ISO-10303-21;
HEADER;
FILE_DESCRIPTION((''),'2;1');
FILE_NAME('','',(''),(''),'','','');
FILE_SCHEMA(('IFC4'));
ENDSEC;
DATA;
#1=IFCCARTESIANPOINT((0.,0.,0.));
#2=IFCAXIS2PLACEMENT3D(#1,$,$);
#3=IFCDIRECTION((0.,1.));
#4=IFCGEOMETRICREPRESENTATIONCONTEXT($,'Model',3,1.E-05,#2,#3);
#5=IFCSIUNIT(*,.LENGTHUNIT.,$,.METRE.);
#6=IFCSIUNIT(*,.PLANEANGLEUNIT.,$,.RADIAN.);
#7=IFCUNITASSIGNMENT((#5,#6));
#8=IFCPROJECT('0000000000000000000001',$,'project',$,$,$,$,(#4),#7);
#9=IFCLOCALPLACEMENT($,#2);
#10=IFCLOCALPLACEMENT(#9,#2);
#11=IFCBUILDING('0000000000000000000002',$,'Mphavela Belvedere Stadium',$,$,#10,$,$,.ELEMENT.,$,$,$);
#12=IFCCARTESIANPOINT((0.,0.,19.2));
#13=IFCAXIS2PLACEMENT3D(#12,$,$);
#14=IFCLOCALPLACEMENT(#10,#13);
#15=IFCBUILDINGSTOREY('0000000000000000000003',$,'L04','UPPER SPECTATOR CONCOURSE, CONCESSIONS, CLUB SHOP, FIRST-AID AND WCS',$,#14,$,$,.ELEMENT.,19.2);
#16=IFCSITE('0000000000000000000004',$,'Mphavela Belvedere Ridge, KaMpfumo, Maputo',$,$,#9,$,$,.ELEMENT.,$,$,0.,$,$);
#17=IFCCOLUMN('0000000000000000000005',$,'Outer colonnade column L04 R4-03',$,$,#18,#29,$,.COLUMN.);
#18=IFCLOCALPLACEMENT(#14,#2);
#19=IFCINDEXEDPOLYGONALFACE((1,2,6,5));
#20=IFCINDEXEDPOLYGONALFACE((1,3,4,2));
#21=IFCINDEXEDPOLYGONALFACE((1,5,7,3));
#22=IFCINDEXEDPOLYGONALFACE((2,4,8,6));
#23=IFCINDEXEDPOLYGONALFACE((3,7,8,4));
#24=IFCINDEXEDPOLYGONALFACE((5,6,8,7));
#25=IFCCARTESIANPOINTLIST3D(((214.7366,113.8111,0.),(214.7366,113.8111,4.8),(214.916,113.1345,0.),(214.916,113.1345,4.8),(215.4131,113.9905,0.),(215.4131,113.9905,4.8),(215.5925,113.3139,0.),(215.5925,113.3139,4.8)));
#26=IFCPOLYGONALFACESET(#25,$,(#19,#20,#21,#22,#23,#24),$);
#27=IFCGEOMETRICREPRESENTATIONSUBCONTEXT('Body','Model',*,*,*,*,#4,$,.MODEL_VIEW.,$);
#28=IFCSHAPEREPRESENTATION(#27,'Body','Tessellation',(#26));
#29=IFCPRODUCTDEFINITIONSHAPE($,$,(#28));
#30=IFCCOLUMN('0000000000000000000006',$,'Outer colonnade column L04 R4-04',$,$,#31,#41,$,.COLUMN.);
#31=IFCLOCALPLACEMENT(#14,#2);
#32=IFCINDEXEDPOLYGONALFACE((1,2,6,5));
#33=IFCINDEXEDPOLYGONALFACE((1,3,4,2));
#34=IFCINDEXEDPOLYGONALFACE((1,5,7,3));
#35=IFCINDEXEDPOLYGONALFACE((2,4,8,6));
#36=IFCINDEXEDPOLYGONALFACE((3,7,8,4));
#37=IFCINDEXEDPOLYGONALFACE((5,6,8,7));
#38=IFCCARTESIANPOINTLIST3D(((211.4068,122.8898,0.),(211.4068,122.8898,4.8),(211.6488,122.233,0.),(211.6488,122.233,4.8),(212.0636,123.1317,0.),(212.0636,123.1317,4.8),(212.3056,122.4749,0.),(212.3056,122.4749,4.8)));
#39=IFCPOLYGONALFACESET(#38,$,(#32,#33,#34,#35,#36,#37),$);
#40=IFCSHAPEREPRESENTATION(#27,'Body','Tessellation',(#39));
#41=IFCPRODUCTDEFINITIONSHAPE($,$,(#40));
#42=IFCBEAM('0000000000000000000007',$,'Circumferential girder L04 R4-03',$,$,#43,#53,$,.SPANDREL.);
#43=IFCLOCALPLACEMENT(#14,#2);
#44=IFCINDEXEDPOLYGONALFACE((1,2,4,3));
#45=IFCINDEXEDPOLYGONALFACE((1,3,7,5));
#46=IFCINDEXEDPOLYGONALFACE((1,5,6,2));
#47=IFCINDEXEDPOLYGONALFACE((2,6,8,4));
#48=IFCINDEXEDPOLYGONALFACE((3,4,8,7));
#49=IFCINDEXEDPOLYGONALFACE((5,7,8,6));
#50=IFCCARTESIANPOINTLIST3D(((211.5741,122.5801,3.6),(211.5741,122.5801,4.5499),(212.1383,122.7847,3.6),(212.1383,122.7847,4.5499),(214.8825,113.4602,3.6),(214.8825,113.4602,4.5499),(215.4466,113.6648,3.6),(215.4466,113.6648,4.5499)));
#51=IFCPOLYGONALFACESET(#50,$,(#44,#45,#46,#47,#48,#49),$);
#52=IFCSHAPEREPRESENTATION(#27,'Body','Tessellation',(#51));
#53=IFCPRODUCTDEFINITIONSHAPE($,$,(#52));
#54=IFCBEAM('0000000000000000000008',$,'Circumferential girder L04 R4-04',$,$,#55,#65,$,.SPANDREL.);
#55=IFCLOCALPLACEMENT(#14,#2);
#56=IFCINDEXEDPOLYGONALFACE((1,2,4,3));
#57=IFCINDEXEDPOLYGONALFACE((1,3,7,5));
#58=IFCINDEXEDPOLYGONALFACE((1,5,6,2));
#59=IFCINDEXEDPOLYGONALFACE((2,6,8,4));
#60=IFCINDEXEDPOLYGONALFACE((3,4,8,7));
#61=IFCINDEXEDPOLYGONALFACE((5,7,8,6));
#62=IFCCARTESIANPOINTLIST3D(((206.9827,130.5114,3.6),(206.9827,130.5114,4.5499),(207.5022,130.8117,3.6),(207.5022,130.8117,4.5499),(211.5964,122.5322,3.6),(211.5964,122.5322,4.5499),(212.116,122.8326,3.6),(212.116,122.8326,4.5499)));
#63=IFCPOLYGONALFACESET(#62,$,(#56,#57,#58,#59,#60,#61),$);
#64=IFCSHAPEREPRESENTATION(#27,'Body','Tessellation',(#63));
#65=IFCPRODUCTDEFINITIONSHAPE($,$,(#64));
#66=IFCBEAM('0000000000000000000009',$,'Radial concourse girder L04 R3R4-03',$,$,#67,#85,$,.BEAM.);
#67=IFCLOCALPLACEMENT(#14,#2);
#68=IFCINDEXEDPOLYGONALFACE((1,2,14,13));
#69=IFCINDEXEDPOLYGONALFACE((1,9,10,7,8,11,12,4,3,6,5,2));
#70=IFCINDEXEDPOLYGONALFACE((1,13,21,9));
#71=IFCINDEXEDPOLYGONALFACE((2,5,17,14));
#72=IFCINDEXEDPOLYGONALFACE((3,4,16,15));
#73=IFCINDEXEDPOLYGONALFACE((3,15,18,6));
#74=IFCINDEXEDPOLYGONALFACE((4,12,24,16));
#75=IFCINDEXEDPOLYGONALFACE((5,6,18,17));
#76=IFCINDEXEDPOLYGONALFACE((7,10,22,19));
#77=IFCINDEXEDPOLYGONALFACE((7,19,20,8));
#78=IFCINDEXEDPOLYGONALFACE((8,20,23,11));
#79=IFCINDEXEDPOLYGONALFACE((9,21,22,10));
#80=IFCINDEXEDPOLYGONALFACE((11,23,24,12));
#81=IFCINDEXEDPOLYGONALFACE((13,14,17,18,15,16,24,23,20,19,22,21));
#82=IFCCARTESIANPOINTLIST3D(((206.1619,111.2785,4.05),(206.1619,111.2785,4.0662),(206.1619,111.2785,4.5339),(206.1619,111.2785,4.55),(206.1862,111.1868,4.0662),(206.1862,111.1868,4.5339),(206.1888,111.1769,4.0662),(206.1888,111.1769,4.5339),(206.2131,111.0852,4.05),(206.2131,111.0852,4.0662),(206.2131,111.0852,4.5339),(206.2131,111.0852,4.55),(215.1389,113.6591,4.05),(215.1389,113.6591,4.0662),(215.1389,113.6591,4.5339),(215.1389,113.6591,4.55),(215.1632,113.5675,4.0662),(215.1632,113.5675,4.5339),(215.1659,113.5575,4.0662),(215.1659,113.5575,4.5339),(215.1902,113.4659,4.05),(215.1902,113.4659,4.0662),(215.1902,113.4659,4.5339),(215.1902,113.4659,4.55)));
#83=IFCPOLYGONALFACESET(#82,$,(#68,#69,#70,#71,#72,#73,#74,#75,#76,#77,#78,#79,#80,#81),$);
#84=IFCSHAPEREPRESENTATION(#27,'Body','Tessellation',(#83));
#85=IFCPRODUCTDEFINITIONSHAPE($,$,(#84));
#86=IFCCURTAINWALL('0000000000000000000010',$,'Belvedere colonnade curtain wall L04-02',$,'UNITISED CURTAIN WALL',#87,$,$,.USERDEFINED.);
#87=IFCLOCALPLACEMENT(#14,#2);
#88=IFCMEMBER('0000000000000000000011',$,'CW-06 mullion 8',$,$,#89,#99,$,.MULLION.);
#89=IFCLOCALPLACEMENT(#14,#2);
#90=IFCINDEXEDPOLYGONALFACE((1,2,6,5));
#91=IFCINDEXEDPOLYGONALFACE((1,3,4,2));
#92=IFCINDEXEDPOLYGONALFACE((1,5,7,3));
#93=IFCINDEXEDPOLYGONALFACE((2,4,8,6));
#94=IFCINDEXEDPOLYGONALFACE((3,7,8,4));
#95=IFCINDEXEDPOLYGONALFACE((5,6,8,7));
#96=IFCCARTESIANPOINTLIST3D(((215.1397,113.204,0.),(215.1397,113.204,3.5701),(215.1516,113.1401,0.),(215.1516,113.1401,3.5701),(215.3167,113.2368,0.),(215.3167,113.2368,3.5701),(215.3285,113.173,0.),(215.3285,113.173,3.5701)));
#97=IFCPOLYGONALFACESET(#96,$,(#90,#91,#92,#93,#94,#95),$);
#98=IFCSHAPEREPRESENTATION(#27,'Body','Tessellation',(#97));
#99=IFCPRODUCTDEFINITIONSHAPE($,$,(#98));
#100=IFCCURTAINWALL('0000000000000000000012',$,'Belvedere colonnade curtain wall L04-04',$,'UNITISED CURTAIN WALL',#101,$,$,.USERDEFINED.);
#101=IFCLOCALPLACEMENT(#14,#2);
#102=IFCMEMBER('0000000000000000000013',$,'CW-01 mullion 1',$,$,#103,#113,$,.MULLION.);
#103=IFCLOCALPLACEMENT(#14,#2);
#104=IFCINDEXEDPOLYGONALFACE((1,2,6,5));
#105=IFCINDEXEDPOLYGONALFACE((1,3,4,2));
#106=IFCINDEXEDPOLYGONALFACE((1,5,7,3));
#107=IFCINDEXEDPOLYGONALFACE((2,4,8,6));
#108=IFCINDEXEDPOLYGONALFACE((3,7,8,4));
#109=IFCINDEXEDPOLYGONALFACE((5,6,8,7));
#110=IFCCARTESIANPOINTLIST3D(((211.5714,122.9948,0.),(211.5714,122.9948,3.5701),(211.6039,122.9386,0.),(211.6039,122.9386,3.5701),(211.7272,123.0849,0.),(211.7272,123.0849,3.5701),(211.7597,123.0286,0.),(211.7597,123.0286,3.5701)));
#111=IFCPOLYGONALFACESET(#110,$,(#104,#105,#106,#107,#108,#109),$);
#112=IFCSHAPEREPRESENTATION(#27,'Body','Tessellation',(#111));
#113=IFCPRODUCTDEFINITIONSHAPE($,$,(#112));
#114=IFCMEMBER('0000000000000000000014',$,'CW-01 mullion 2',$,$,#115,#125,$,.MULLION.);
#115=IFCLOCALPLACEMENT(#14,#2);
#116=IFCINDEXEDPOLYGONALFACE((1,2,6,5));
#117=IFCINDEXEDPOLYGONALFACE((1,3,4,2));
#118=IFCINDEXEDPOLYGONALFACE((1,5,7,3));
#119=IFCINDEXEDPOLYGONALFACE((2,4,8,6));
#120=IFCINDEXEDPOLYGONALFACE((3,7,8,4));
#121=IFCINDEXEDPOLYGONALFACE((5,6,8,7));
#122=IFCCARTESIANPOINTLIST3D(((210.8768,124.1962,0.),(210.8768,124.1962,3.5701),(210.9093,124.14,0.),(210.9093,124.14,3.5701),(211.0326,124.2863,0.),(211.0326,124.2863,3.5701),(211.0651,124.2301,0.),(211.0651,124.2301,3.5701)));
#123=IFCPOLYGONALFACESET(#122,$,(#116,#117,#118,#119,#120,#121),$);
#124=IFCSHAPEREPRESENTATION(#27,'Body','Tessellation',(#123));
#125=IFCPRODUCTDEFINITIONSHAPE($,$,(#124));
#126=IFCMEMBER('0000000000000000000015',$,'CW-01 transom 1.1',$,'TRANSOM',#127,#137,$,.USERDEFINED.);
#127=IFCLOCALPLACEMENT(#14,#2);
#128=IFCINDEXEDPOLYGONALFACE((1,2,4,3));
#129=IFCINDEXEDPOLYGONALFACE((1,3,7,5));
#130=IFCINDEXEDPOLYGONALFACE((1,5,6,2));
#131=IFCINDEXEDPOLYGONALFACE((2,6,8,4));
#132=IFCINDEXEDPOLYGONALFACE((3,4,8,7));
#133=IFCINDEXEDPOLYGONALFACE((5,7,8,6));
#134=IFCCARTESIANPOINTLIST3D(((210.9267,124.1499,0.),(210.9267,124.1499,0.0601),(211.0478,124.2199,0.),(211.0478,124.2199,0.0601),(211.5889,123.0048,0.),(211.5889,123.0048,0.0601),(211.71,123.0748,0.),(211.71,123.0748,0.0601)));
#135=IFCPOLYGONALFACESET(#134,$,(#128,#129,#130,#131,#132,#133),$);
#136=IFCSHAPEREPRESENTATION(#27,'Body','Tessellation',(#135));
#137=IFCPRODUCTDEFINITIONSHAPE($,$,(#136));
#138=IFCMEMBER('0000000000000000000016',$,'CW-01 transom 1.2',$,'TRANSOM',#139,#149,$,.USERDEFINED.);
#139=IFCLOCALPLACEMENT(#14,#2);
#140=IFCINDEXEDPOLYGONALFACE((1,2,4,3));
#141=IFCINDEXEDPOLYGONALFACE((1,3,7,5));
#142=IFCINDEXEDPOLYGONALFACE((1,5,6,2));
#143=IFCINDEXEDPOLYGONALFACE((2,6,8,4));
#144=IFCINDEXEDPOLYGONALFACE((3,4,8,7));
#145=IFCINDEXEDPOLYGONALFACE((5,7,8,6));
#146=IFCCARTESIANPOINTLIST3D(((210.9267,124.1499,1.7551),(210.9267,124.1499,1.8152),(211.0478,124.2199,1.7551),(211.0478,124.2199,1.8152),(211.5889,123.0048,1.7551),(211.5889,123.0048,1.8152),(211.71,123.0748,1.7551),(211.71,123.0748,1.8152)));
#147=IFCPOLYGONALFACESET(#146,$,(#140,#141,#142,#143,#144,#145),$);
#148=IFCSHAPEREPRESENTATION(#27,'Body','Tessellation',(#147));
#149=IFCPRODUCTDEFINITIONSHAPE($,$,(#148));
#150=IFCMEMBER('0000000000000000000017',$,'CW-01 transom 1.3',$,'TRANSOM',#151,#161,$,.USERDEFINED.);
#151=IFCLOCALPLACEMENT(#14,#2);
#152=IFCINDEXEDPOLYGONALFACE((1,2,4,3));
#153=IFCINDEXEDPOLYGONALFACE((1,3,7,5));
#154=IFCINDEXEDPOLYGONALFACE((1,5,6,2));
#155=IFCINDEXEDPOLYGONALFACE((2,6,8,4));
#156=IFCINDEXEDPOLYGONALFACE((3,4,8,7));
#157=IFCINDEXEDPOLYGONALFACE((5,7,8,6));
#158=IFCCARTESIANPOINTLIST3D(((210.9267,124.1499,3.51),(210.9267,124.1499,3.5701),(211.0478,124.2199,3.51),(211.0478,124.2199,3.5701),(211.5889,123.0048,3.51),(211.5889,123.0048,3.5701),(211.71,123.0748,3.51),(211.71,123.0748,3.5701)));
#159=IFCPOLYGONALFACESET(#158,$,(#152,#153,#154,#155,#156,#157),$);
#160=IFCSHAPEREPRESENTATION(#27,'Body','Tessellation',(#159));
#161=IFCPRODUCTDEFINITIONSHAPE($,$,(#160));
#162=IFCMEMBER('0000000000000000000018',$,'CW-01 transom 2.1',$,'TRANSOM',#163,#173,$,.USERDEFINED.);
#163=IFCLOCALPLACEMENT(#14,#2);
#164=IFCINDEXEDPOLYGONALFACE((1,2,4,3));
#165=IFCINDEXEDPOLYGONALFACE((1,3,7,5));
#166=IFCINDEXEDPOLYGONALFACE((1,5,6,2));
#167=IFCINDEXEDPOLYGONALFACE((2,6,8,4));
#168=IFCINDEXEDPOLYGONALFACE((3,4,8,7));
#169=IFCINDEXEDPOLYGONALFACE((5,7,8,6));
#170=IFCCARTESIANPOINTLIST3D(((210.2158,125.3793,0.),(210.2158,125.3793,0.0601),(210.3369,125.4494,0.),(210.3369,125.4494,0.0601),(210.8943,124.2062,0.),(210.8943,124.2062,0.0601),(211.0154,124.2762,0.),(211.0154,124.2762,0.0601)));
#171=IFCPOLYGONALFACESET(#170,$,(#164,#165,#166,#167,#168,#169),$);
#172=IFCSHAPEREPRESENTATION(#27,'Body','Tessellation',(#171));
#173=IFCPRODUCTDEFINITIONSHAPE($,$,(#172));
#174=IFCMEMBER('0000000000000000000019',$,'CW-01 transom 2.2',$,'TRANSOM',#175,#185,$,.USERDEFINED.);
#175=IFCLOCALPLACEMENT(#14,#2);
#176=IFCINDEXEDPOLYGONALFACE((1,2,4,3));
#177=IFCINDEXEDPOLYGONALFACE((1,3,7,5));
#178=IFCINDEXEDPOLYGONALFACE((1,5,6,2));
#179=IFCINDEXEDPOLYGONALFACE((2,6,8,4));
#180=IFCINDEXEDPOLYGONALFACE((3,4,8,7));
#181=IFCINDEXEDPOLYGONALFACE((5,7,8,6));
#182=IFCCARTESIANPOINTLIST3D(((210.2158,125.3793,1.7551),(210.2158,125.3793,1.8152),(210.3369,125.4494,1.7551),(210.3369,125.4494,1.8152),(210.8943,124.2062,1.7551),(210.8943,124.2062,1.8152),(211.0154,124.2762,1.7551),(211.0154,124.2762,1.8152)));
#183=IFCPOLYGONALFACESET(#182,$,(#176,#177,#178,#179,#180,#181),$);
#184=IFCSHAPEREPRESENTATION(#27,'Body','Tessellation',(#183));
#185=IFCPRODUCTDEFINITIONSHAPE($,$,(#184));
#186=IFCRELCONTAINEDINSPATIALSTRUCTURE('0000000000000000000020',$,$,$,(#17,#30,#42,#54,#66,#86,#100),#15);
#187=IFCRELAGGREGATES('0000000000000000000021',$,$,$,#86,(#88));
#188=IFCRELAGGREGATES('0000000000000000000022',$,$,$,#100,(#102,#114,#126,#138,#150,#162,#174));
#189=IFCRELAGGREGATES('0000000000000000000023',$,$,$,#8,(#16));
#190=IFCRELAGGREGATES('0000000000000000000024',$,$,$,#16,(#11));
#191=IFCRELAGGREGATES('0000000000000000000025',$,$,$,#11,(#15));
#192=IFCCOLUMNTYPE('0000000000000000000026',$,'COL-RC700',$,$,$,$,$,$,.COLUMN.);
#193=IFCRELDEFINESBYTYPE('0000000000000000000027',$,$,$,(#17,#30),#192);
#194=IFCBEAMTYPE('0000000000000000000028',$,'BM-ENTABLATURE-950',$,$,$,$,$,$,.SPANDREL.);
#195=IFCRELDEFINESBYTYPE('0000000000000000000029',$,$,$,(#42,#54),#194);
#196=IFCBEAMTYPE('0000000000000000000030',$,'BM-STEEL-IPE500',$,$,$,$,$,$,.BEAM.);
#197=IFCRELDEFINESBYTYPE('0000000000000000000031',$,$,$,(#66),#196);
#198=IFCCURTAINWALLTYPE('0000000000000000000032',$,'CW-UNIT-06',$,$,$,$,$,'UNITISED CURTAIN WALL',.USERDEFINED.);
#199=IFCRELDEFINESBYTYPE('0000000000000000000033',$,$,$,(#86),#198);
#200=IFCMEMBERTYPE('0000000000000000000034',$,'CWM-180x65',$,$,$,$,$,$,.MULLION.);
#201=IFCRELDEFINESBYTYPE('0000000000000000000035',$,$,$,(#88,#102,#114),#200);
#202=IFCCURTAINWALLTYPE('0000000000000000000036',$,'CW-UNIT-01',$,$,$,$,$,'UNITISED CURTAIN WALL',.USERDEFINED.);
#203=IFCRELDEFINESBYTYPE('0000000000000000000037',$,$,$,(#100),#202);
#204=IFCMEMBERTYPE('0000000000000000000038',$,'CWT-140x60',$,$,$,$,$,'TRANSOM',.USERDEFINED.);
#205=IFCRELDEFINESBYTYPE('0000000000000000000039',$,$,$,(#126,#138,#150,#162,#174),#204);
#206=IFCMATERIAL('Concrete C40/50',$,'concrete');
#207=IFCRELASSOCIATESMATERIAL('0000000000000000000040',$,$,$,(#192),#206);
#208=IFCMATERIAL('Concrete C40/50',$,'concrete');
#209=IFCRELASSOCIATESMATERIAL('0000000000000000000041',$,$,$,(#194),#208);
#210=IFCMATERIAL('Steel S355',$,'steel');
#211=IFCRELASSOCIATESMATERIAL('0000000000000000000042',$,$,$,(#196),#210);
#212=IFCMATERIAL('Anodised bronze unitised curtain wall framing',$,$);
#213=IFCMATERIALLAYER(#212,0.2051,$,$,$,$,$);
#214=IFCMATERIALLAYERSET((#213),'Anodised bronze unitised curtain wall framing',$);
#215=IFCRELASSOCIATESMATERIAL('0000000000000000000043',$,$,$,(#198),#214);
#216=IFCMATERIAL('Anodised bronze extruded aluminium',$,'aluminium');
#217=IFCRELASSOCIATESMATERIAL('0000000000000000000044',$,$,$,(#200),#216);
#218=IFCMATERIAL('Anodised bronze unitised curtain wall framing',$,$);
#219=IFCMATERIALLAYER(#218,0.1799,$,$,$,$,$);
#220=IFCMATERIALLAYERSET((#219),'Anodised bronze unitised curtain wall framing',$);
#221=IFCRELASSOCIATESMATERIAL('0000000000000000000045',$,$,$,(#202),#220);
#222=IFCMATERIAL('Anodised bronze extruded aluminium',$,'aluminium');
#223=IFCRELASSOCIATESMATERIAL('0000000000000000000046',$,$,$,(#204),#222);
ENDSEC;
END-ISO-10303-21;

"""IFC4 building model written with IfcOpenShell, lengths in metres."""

from ifc_helpers import new_model, si_unit, direction, frame, origin, origin_2d, place, context, subcontext, project, spatial, rectangle, i_section, extrude, material, layer, layer_set, material_profile, profile_set, type_object, element, aggregate, save


model = new_model("IFC4")

# Units and contexts
model_context = context("Model", 3, precision=1e-05, world=origin(), true_north=direction((0.0, 1.0)))
body_context = subcontext(model_context, "Body", "Model", "MODEL_VIEW")
ifc_project = project(units=[si_unit("LENGTHUNIT", "METRE"), si_unit("PLANEANGLEUNIT", "RADIAN")], contexts=[model_context])

# Site, building, storey
site_placement = place(None, origin())
site = spatial("IfcSite", under=ifc_project, at=site_placement, Name="Mphavela Belvedere Ridge, KaMpfumo, Maputo", CompositionType="ELEMENT", RefElevation=0.0)
building_placement = place(site_placement, origin())
building = spatial("IfcBuilding", under=site, at=building_placement, Name="Mphavela Belvedere Stadium", CompositionType="ELEMENT")
storey_placement = place(building_placement, frame((0.0, 0.0, 19.2)))
storey = spatial("IfcBuildingStorey", under=building, at=storey_placement, Name="L04", Description="UPPER SPECTATOR CONCOURSE, CONCESSIONS, CLUB SHOP, FIRST-AID AND WCS", CompositionType="ELEMENT", Elevation=19.2)

# Columns
ifc_material_1 = material(Name="Concrete C40/50", Category="concrete")
ifc_material_profile_1 = material_profile(ifc_material_1, rectangle(XDim=0.7, YDim=0.7, at=origin_2d()), Name="RC 700x700")
ifc_profile_set_1 = profile_set([ifc_material_profile_1], Name="Concrete C40/50")
column_type = type_object("IfcColumnType", Name="COL-RC700", PredefinedType="COLUMN", material=ifc_profile_set_1)
for number, where, z_axis, x_axis, name in (
    (1, (215.1646, 113.5625, 0.0), (0.0, 0.0, 1.0), (0.9666, 0.256289, 0.0), "Outer colonnade column L04 R4-03"),
    (2, (211.8562, 122.6824, 0.0), (0.0, 0.0, 1.0), (0.938372, 0.345626, 0.0), "Outer colonnade column L04 R4-04"),
):
    element("IfcColumn", number, at=place(storey_placement, frame(where, z_axis=z_axis, x_axis=x_axis)), inside=storey, type_object=column_type, Name=name, PredefinedType="COLUMN", context=body_context, shape_type="SweptSolid", body=[
        extrude(rectangle(XDim=0.7, YDim=0.7, at=origin_2d()), origin(), (0.0, 0.0, 1.0), 4.8),
    ])

# Beams
ifc_material_2 = material(Name="Concrete C40/50", Category="concrete")
ifc_material_profile_2 = material_profile(ifc_material_2, rectangle(XDim=0.6001, YDim=0.95, at=origin_2d()), Name="RC 600x950")
ifc_profile_set_2 = profile_set([ifc_material_profile_2], Name="Concrete C40/50")
beam_type_1 = type_object("IfcBeamType", Name="BM-ENTABLATURE-950", PredefinedType="SPANDREL", material=ifc_profile_set_2)
beam_1_placement = place(storey_placement, frame((215.1646, 113.5625, 4.075), z_axis=(-0.341018, 0.940057, 0.0), x_axis=(-0.940057, -0.341018, 0.0)))
element("IfcBeam", 3, at=beam_1_placement, inside=storey, type_object=beam_type_1, Name="Circumferential girder L04 R4-03", PredefinedType="SPANDREL", context=body_context, shape_type="SweptSolid", body=[
    extrude(rectangle(XDim=0.6001, YDim=0.95, at=origin_2d()), origin(), (0.0, 0.0, 1.0), 9.7014),
])
beam_2_placement = place(storey_placement, frame((211.8562, 122.6824, 4.075), z_axis=(-0.500565, 0.865699, 0.0), x_axis=(-0.865699, -0.500565, 0.0)))
element("IfcBeam", 4, at=beam_2_placement, inside=storey, type_object=beam_type_1, Name="Circumferential girder L04 R4-04", PredefinedType="SPANDREL", context=body_context, shape_type="SweptSolid", body=[
    extrude(rectangle(XDim=0.6001, YDim=0.95, at=origin_2d()), origin(), (0.0, 0.0, 1.0), 9.217),
])
ifc_material_3 = material(Name="Steel S355", Category="steel")
ifc_material_profile_3 = material_profile(ifc_material_3, i_section(OverallWidth=0.2, OverallDepth=0.5, WebThickness=0.0103, FlangeThickness=0.0161, at=origin_2d()), Name="IPE 500")
ifc_profile_set_3 = profile_set([ifc_material_profile_3], Name="Steel S355")
beam_type_2 = type_object("IfcBeamType", Name="BM-STEEL-IPE500", PredefinedType="BEAM", material=ifc_profile_set_3)
beam_3_placement = place(storey_placement, frame((206.1875, 111.1819, 4.3), z_axis=(0.96659, 0.256329, 0.0), x_axis=(-0.256329, 0.96659, 0.0)))
element("IfcBeam", 5, at=beam_3_placement, inside=storey, type_object=beam_type_2, Name="Radial concourse girder L04 R3R4-03", PredefinedType="BEAM", context=body_context, shape_type="SweptSolid", body=[
    extrude(i_section(OverallWidth=0.2, OverallDepth=0.5, WebThickness=0.0103, FlangeThickness=0.0161, at=origin_2d()), origin(), (0.0, 0.0, 1.0), 9.2874),
])

# Curtain wall, member
ifc_material_4 = material(Name="Anodised bronze unitised curtain wall framing")
ifc_layer_1 = layer(ifc_material_4, 0.2051)
ifc_layer_set_1 = layer_set([ifc_layer_1], Name="Anodised bronze unitised curtain wall framing")
curtain_wall_type_1 = type_object("IfcCurtainWallType", Name="CW-UNIT-06", ElementType="UNITISED CURTAIN WALL", PredefinedType="USERDEFINED", material=ifc_layer_set_1)
curtain_wall_1_placement = place(storey_placement, origin())
curtain_wall_1 = element("IfcCurtainWall", 6, at=curtain_wall_1_placement, inside=storey, type_object=curtain_wall_type_1, Name="Belvedere colonnade curtain wall L04-02", ObjectType="UNITISED CURTAIN WALL", PredefinedType="USERDEFINED")
ifc_material_5 = material(Name="Anodised bronze extruded aluminium", Category="aluminium")
ifc_material_profile_4 = material_profile(ifc_material_5, rectangle(XDim=0.1799, YDim=0.0649, at=origin_2d()), Name="CW-MUL 180x65")
ifc_profile_set_4 = profile_set([ifc_material_profile_4], Name="Anodised bronze extruded aluminium")
member_type_1 = type_object("IfcMemberType", Name="CWM-180x65", PredefinedType="MULLION", material=ifc_profile_set_4)
member_1_placement = place(storey_placement, frame((215.2341, 113.1885, 0.0), z_axis=(0.0, 0.0, 1.0), x_axis=(-0.983184, -0.182618, 0.0)))
member_1 = element("IfcMember", 7, at=member_1_placement, type_object=member_type_1, Name="CW-06 mullion 8", PredefinedType="MULLION", context=body_context, shape_type="SweptSolid", body=[
    extrude(rectangle(XDim=0.1799, YDim=0.0649, at=origin_2d()), origin(), (0.0, 0.0, 1.0), 3.5701),
])

# Curtain wall, members
ifc_material_6 = material(Name="Anodised bronze unitised curtain wall framing")
ifc_layer_2 = layer(ifc_material_6, 0.1799)
ifc_layer_set_2 = layer_set([ifc_layer_2], Name="Anodised bronze unitised curtain wall framing")
curtain_wall_type_2 = type_object("IfcCurtainWallType", Name="CW-UNIT-01", ElementType="UNITISED CURTAIN WALL", PredefinedType="USERDEFINED", material=ifc_layer_set_2)
curtain_wall_2_placement = place(storey_placement, origin())
curtain_wall_2 = element("IfcCurtainWall", 8, at=curtain_wall_2_placement, inside=storey, type_object=curtain_wall_type_2, Name="Belvedere colonnade curtain wall L04-04", ObjectType="UNITISED CURTAIN WALL", PredefinedType="USERDEFINED")
member_2_placement = place(storey_placement, frame((211.6655, 123.0117, 0.0), z_axis=(0.0, 0.0, 1.0), x_axis=(-0.865704, -0.500556, 0.0)))
member_2 = element("IfcMember", 9, at=member_2_placement, type_object=member_type_1, Name="CW-01 mullion 1", PredefinedType="MULLION", context=body_context, shape_type="SweptSolid", body=[
    extrude(rectangle(XDim=0.1799, YDim=0.0649, at=origin_2d()), origin(), (0.0, 0.0, 1.0), 3.5701),
])
member_3_placement = place(storey_placement, frame((210.9709, 124.2131, 0.0), z_axis=(0.0, 0.0, 1.0), x_axis=(-0.865704, -0.500556, 0.0)))
member_3 = element("IfcMember", 10, at=member_3_placement, type_object=member_type_1, Name="CW-01 mullion 2", PredefinedType="MULLION", context=body_context, shape_type="SweptSolid", body=[
    extrude(rectangle(XDim=0.1799, YDim=0.0649, at=origin_2d()), origin(), (0.0, 0.0, 1.0), 3.5701),
])
ifc_material_7 = material(Name="Anodised bronze extruded aluminium", Category="aluminium")
ifc_material_profile_5 = material_profile(ifc_material_7, rectangle(XDim=0.1399, YDim=0.0601, at=origin_2d()), Name="CW-TRN 140x60")
ifc_profile_set_5 = profile_set([ifc_material_profile_5], Name="Anodised bronze extruded aluminium")
member_type_2 = type_object("IfcMemberType", Name="CWT-140x60", ElementType="TRANSOM", PredefinedType="USERDEFINED", material=ifc_profile_set_5)
member_4_placement = place(storey_placement, frame((211.6494, 123.0398, 0.03), z_axis=(-0.500585, 0.865687, 0.0), x_axis=(-0.865687, -0.500585, 0.0)))
member_4 = element("IfcMember", 11, at=member_4_placement, type_object=member_type_2, Name="CW-01 transom 1.1", ObjectType="TRANSOM", PredefinedType="USERDEFINED", context=body_context, shape_type="SweptSolid", body=[
    extrude(rectangle(XDim=0.1399, YDim=0.0601, at=origin_2d()), origin(), (0.0, 0.0, 1.0), 1.3228),
])
member_5_placement = place(storey_placement, frame((211.6494, 123.0398, 1.7852), z_axis=(-0.500585, 0.865687, 0.0), x_axis=(-0.865687, -0.500585, 0.0)))
member_5 = element("IfcMember", 12, at=member_5_placement, type_object=member_type_2, Name="CW-01 transom 1.2", ObjectType="TRANSOM", PredefinedType="USERDEFINED", context=body_context, shape_type="SweptSolid", body=[
    extrude(rectangle(XDim=0.1399, YDim=0.0601, at=origin_2d()), origin(), (0.0, 0.0, 1.0), 1.3228),
])
member_6_placement = place(storey_placement, frame((211.6494, 123.0398, 3.54), z_axis=(-0.500585, 0.865687, 0.0), x_axis=(-0.865687, -0.500585, 0.0)))
member_6 = element("IfcMember", 13, at=member_6_placement, type_object=member_type_2, Name="CW-01 transom 1.3", ObjectType="TRANSOM", PredefinedType="USERDEFINED", context=body_context, shape_type="SweptSolid", body=[
    extrude(rectangle(XDim=0.1399, YDim=0.0601, at=origin_2d()), origin(), (0.0, 0.0, 1.0), 1.3228),
])
member_7_placement = place(storey_placement, frame((210.9548, 124.2412, 0.03), z_axis=(-0.500653, 0.865648, 0.0), x_axis=(-0.865648, -0.500653, 0.0)))
member_7 = element("IfcMember", 14, at=member_7_placement, type_object=member_type_2, Name="CW-01 transom 2.1", ObjectType="TRANSOM", PredefinedType="USERDEFINED", context=body_context, shape_type="SweptSolid", body=[
    extrude(rectangle(XDim=0.1399, YDim=0.0601, at=origin_2d()), origin(), (0.0, 0.0, 1.0), 1.3552),
])
member_8_placement = place(storey_placement, frame((210.9548, 124.2412, 1.7852), z_axis=(-0.500653, 0.865648, 0.0), x_axis=(-0.865648, -0.500653, 0.0)))
member_8 = element("IfcMember", 15, at=member_8_placement, type_object=member_type_2, Name="CW-01 transom 2.2", ObjectType="TRANSOM", PredefinedType="USERDEFINED", context=body_context, shape_type="SweptSolid", body=[
    extrude(rectangle(XDim=0.1399, YDim=0.0601, at=origin_2d()), origin(), (0.0, 0.0, 1.0), 1.3552),
])

aggregate(curtain_wall_1, [member_1])
aggregate(curtain_wall_2, [member_2, member_3, member_4, member_5, member_6, member_7, member_8])

save(model, "model.ifc")
